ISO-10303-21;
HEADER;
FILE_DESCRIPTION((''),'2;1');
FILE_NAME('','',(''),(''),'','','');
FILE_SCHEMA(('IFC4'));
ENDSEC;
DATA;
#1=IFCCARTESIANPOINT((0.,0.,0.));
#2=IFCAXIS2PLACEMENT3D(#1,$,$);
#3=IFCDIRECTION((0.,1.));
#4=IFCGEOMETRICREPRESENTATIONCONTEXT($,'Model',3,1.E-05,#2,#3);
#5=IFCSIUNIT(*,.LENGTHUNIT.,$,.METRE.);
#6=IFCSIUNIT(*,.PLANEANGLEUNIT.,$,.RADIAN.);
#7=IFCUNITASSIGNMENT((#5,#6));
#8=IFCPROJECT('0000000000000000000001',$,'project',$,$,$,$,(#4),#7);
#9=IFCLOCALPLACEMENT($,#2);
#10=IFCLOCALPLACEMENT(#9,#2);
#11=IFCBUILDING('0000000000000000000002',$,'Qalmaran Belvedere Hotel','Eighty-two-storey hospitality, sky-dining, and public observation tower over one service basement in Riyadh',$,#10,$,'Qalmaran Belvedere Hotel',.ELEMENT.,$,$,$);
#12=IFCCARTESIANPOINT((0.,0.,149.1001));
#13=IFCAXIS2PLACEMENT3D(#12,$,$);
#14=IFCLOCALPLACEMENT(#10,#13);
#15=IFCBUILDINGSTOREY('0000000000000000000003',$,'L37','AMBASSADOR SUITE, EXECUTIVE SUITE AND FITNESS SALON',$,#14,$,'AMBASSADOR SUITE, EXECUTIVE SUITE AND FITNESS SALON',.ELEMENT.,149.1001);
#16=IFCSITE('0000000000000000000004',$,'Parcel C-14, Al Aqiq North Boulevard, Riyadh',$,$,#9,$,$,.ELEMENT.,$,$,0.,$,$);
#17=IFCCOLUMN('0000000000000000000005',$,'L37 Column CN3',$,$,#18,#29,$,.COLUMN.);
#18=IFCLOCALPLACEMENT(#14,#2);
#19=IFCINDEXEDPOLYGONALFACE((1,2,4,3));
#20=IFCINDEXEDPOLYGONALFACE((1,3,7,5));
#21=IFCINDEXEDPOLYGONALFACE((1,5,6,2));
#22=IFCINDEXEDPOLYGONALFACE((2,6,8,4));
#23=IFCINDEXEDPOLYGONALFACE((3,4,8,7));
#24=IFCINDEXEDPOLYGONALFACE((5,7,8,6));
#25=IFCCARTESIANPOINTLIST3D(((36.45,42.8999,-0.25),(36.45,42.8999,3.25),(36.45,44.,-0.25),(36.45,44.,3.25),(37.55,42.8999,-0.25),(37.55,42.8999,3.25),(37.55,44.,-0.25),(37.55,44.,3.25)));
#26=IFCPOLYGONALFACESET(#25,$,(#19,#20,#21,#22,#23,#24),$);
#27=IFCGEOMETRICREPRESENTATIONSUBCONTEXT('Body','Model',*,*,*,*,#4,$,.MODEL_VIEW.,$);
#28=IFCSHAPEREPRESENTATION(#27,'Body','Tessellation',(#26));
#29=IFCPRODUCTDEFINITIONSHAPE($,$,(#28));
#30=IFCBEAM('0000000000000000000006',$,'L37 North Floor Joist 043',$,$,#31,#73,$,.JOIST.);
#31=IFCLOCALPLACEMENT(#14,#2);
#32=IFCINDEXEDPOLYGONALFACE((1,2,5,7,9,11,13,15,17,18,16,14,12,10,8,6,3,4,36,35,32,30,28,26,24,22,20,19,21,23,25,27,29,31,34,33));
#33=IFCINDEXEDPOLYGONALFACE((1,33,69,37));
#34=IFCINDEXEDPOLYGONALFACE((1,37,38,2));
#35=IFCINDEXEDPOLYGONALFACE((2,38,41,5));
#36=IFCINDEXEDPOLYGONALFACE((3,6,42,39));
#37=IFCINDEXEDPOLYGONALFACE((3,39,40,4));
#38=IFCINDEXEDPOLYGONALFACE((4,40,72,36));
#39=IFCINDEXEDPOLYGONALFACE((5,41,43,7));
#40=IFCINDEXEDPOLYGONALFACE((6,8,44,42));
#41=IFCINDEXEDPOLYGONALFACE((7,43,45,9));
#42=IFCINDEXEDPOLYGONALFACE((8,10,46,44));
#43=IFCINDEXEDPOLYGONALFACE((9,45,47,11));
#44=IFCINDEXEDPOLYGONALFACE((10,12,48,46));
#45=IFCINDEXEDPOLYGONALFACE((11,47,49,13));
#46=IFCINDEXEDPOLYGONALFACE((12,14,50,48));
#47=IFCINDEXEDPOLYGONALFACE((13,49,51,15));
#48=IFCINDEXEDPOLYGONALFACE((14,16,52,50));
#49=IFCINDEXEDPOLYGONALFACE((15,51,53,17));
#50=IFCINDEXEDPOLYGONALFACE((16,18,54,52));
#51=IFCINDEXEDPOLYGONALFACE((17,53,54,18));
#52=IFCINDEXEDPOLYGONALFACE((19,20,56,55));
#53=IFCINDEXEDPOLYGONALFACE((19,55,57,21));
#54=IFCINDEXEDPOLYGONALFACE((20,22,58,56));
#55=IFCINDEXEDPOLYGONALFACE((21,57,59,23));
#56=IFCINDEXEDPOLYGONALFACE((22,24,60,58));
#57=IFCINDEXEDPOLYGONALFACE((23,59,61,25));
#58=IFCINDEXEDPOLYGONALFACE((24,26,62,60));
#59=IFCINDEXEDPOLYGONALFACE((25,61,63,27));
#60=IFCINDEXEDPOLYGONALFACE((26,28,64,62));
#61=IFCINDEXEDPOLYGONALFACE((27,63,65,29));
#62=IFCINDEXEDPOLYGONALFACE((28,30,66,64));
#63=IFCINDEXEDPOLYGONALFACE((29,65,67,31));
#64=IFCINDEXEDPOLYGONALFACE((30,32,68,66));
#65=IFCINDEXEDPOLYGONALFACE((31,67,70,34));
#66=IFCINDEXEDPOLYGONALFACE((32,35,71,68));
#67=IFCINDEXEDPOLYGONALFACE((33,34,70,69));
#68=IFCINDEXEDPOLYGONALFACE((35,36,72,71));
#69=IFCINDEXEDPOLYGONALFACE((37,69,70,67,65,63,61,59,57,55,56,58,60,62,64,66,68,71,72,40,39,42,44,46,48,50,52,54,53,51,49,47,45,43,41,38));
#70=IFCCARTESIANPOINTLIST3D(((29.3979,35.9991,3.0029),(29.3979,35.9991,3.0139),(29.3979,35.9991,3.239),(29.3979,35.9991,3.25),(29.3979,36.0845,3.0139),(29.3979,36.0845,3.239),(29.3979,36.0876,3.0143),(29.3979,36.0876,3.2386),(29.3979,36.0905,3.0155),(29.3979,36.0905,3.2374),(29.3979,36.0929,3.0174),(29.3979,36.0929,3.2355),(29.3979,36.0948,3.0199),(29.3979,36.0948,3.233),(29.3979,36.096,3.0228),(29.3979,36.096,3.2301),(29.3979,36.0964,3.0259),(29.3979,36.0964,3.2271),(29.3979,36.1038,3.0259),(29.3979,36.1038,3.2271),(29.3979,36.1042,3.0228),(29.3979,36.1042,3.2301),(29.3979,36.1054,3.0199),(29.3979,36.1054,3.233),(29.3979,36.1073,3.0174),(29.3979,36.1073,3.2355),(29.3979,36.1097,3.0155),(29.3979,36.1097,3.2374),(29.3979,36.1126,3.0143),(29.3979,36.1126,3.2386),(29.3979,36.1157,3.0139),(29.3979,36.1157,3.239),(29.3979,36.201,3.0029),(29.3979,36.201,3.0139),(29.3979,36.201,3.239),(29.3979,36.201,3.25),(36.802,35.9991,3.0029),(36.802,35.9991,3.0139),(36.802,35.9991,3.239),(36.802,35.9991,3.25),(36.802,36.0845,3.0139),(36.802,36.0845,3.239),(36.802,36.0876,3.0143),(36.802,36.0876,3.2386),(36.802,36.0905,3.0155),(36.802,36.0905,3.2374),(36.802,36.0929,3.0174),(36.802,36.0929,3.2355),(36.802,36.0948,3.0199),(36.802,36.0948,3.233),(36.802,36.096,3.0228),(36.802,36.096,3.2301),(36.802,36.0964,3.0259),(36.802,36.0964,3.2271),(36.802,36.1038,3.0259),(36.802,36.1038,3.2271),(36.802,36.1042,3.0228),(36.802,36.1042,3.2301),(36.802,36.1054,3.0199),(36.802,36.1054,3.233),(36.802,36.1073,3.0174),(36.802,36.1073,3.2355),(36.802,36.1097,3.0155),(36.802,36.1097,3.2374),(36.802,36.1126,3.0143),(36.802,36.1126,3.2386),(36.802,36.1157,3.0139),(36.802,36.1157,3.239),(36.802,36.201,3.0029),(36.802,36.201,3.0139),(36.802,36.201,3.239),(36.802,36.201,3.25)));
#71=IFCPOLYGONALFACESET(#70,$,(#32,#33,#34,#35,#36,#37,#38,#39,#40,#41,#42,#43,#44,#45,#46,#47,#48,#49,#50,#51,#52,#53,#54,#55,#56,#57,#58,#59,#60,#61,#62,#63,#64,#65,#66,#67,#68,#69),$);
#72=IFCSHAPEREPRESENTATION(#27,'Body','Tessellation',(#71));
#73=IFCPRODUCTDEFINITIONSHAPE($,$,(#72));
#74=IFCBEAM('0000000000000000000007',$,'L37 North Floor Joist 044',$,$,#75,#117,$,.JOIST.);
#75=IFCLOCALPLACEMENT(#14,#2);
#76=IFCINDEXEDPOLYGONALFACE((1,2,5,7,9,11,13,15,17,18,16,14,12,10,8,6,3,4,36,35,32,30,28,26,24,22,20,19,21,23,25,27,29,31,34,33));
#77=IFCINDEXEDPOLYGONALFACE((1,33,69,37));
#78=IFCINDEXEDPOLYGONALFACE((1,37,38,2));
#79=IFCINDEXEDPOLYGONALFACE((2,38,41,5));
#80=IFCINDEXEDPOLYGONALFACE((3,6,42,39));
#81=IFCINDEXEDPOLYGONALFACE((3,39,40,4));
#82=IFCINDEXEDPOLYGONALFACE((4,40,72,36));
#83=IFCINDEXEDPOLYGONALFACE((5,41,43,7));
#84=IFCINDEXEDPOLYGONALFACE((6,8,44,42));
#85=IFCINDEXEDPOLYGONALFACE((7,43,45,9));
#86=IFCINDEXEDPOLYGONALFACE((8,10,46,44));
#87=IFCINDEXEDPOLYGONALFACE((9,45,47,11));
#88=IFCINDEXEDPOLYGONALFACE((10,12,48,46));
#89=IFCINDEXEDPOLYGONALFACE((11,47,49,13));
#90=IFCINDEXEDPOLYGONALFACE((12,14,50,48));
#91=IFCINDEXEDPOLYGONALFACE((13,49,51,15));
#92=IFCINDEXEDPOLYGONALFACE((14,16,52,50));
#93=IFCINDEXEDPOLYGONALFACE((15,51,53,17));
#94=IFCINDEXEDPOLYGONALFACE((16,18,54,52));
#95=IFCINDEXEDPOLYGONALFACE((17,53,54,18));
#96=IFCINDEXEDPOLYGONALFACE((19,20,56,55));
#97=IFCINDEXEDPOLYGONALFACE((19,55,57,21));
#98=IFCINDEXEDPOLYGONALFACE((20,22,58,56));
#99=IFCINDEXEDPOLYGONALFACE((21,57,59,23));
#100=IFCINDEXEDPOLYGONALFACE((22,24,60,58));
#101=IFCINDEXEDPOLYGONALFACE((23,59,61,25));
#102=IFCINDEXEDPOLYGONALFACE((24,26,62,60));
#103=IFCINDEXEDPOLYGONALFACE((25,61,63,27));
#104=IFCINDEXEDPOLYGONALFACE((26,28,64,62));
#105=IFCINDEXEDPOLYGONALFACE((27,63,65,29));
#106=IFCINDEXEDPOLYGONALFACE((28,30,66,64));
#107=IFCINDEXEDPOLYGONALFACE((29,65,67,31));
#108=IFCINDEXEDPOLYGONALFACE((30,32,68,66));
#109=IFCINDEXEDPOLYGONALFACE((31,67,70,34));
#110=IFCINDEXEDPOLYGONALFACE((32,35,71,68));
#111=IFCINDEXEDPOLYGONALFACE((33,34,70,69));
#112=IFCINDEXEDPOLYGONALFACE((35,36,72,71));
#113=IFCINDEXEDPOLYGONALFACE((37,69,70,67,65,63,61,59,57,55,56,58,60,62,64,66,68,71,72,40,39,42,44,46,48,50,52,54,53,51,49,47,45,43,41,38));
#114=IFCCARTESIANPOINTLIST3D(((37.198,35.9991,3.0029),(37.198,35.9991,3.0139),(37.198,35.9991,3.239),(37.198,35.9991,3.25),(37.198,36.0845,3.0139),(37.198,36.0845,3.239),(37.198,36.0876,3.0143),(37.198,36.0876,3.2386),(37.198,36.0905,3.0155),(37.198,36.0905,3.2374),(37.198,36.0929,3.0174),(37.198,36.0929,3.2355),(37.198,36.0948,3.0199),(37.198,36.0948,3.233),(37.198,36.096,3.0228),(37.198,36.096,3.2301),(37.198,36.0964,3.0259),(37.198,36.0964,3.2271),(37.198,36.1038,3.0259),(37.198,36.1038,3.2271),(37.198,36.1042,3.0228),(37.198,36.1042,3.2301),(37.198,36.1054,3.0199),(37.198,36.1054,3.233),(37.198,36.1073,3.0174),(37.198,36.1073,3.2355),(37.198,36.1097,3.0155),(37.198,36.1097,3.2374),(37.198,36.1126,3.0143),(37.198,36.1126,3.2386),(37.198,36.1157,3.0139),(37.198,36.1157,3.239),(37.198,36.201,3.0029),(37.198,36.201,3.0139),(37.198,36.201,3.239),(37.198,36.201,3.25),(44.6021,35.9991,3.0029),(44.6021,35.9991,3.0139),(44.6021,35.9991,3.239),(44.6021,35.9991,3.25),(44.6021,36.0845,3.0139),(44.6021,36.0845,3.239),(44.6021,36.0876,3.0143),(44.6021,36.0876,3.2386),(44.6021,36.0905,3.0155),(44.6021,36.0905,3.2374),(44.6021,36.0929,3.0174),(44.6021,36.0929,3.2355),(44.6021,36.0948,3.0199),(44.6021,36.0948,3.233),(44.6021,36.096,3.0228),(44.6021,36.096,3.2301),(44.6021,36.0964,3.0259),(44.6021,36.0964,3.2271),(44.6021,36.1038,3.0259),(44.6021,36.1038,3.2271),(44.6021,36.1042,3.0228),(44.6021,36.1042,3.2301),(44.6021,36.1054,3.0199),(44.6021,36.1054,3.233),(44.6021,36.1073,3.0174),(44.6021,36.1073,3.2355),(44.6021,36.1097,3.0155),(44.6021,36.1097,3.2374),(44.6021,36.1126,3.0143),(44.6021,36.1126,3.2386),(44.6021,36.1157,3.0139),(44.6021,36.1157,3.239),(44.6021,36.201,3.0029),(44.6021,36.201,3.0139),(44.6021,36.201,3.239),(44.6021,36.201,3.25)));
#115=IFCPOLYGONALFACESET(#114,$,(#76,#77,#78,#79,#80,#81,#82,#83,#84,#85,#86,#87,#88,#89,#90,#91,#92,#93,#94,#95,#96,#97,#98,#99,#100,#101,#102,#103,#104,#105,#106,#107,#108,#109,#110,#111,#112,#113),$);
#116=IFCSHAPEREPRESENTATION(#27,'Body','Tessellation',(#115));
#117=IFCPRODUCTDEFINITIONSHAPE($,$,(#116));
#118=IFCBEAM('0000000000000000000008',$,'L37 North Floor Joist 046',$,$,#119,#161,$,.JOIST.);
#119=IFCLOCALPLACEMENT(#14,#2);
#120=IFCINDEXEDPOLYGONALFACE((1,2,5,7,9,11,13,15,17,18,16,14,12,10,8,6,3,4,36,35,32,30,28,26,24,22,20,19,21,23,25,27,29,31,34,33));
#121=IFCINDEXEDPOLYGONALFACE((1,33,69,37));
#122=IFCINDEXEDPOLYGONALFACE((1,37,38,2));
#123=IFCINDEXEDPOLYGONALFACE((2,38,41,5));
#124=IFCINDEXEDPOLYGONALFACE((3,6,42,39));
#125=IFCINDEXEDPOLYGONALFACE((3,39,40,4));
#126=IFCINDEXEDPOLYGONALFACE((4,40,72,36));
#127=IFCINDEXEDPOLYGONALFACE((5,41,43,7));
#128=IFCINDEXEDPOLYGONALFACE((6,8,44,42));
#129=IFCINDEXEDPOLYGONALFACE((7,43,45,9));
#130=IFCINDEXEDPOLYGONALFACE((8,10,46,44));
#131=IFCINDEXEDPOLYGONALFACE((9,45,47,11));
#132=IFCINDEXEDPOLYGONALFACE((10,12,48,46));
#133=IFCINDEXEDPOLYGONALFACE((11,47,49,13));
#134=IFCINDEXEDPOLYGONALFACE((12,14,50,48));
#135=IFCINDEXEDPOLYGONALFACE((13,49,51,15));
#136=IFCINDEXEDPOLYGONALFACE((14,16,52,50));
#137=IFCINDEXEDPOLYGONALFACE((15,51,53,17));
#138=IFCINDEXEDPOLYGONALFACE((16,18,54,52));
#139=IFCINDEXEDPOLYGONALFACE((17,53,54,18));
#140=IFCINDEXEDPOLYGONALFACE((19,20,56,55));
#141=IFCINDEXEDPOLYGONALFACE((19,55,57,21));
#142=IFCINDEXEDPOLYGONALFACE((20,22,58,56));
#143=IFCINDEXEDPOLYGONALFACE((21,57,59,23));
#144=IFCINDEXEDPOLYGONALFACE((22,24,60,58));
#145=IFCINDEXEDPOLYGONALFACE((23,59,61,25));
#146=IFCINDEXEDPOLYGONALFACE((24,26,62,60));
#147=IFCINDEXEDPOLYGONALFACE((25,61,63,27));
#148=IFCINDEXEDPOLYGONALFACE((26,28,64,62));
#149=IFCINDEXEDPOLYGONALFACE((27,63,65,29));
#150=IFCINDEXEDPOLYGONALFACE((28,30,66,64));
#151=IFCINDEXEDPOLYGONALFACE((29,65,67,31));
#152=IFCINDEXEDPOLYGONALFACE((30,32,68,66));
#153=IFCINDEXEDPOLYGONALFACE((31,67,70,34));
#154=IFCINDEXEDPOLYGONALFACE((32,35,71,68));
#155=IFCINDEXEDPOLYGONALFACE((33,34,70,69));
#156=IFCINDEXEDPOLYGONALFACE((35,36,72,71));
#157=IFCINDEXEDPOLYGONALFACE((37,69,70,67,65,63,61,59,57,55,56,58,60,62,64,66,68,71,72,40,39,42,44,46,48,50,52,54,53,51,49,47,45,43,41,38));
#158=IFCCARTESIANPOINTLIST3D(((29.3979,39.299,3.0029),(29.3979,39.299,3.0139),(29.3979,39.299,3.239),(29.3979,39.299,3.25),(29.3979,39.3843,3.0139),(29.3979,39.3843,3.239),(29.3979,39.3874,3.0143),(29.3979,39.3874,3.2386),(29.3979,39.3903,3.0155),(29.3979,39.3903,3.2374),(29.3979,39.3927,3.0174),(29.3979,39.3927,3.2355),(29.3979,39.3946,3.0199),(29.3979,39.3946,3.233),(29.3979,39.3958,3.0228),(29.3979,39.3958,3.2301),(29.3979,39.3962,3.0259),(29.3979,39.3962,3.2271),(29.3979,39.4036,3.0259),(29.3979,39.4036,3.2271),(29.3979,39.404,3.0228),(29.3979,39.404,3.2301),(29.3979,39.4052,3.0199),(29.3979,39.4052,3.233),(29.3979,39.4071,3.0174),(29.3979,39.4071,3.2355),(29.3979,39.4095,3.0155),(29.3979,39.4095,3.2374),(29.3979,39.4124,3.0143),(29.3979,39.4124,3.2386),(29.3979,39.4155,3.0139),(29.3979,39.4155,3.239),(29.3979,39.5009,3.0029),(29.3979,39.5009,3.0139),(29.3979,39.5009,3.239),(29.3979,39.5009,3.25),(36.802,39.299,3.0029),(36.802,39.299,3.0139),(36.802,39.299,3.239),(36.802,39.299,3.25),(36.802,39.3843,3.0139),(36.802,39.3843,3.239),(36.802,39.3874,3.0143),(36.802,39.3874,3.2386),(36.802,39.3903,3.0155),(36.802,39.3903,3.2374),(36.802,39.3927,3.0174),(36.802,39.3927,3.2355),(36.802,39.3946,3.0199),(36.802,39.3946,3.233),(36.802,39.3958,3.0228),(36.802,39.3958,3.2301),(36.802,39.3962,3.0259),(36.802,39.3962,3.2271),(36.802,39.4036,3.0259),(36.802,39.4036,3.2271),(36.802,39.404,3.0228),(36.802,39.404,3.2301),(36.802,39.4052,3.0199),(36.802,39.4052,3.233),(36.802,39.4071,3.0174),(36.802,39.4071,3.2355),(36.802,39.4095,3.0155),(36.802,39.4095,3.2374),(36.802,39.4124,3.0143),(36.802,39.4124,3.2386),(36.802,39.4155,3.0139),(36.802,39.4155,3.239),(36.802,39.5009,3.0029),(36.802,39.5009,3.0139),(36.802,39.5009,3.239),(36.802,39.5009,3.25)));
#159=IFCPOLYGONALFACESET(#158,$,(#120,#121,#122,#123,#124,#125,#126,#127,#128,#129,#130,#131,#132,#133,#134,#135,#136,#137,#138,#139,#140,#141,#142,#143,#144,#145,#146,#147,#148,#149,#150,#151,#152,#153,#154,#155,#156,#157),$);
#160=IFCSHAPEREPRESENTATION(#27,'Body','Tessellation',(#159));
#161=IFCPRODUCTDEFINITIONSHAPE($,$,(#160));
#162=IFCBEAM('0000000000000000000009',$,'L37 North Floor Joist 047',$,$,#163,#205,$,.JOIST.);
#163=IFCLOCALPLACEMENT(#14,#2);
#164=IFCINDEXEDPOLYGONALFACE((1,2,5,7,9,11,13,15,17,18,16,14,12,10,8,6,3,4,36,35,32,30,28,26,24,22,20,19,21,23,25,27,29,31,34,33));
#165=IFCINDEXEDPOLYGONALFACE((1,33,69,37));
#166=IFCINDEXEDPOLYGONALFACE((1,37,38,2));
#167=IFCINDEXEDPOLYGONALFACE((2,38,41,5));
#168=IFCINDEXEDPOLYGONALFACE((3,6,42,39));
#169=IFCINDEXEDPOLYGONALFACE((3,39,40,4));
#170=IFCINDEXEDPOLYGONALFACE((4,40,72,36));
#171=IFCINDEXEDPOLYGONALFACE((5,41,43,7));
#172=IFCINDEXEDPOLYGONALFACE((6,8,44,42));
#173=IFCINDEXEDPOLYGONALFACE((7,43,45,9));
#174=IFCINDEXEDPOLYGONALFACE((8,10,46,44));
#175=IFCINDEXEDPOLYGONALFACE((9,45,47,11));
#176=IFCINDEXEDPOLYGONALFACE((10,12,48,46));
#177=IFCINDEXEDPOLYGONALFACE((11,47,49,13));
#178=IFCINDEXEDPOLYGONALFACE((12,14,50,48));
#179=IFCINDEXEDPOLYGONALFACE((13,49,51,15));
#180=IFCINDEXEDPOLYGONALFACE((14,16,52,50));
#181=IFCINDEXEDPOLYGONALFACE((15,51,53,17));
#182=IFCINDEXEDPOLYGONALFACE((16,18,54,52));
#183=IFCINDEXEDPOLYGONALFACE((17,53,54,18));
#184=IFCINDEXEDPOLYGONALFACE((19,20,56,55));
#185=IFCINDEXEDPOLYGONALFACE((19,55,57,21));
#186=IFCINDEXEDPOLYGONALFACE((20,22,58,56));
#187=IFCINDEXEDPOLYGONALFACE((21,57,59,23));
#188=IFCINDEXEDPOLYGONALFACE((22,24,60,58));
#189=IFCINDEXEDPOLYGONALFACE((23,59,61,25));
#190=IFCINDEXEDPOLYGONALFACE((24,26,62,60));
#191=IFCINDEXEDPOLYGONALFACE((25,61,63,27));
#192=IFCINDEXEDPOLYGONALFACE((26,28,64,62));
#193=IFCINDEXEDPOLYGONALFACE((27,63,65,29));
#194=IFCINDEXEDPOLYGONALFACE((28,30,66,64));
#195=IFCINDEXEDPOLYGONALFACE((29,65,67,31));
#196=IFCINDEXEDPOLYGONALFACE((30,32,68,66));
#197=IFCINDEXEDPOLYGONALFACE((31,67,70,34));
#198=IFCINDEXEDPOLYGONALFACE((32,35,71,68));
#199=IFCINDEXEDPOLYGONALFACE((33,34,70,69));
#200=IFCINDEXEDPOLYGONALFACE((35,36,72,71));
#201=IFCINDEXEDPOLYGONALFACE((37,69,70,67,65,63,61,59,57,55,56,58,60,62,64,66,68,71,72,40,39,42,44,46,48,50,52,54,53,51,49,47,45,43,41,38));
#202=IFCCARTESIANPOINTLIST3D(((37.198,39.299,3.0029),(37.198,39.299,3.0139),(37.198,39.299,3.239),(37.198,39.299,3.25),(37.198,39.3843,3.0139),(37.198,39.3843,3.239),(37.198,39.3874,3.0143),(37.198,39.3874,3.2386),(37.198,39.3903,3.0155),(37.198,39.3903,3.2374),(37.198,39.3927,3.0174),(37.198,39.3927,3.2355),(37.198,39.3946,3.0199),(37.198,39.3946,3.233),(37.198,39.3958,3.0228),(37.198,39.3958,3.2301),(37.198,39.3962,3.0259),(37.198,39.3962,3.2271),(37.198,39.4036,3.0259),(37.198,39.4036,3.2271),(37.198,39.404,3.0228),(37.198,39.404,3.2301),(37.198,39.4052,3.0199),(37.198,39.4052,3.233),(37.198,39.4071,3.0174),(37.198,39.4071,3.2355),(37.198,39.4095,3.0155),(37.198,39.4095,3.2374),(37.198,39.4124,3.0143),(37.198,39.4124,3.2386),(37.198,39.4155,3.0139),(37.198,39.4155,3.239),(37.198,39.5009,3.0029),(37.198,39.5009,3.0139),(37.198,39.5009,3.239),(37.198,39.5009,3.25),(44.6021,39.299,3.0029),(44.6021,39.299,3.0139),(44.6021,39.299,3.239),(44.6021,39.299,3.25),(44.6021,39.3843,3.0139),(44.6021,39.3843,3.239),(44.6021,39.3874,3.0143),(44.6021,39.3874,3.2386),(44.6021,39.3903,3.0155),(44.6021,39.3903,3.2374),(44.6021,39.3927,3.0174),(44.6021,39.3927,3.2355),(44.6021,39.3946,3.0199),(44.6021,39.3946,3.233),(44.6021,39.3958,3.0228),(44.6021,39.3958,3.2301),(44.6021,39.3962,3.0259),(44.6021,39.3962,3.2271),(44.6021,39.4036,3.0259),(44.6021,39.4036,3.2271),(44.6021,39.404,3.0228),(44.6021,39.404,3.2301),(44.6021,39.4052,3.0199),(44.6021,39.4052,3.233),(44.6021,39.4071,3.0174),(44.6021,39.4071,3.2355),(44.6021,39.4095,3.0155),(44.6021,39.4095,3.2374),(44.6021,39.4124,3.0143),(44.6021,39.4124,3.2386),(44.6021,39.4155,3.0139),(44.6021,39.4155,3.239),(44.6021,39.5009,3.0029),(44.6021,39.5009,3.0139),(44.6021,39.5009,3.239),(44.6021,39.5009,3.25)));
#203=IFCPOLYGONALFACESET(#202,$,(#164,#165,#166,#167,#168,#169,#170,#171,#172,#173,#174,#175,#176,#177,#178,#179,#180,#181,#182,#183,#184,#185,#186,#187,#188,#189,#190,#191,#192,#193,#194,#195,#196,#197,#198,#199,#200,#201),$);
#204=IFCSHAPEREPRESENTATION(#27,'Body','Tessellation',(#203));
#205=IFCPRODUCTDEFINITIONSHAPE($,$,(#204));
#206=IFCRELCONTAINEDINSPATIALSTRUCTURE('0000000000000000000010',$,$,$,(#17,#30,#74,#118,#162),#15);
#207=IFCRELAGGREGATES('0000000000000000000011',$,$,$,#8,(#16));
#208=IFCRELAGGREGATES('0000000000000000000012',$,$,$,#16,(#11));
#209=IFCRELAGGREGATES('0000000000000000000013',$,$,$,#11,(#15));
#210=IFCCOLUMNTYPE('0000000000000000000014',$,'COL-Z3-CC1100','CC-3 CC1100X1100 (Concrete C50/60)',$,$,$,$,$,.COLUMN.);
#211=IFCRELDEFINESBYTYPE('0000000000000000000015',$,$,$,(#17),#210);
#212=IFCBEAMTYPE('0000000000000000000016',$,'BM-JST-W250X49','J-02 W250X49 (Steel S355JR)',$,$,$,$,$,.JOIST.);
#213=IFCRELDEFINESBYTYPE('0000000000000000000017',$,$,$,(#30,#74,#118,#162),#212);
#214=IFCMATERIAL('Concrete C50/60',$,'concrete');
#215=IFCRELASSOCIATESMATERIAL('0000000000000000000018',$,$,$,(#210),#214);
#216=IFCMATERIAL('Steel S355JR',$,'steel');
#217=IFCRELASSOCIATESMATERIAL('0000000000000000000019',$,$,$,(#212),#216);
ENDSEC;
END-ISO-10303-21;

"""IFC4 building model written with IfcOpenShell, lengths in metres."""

from ifc_helpers import new_model, si_unit, direction, frame, origin, origin_2d, place, context, subcontext, project, spatial, rectangle, i_section, extrude, material, material_profile, profile_set, type_object, element, save


model = new_model("IFC4")

# Units and contexts
model_context = context("Model", 3, precision=1e-05, world=origin(), true_north=direction((0.0, 1.0)))
body_context = subcontext(model_context, "Body", "Model", "MODEL_VIEW")
ifc_project = project(units=[si_unit("LENGTHUNIT", "METRE"), si_unit("PLANEANGLEUNIT", "RADIAN")], contexts=[model_context])

# Site, building, storey
site_placement = place(None, origin())
site = spatial("IfcSite", under=ifc_project, at=site_placement, Name="Parcel C-14, Al Aqiq North Boulevard, Riyadh", CompositionType="ELEMENT", RefElevation=0.0)
building_placement = place(site_placement, origin())
building = spatial("IfcBuilding", under=site, at=building_placement, Name="Qalmaran Belvedere Hotel", Description="Eighty-two-storey hospitality, sky-dining, and public observation tower over one service basement in Riyadh", LongName="Qalmaran Belvedere Hotel", CompositionType="ELEMENT")
storey_placement = place(building_placement, frame((0.0, 0.0, 149.1001)))
storey = spatial("IfcBuildingStorey", under=building, at=storey_placement, Name="L37", Description="AMBASSADOR SUITE, EXECUTIVE SUITE AND FITNESS SALON", LongName="AMBASSADOR SUITE, EXECUTIVE SUITE AND FITNESS SALON", CompositionType="ELEMENT", Elevation=149.1001)

# Column
ifc_material_1 = material(Name="Concrete C50/60", Category="concrete")
ifc_material_profile_1 = material_profile(ifc_material_1, rectangle(XDim=1.1001, YDim=1.1001, at=origin_2d()), Name="CC1100X1100")
ifc_profile_set_1 = profile_set([ifc_material_profile_1], Name="Concrete C50/60")
column_type = type_object("IfcColumnType", Name="COL-Z3-CC1100", Description="CC-3 CC1100X1100 (Concrete C50/60)", PredefinedType="COLUMN", material=ifc_profile_set_1)
column_placement = place(storey_placement, frame((37.0, 43.45, -0.25), z_axis=(0.0, 0.0, 1.0), x_axis=(1.0, 0.0, 0.0)))
element("IfcColumn", 1, at=column_placement, inside=storey, type_object=column_type, Name="L37 Column CN3", PredefinedType="COLUMN", context=body_context, shape_type="SweptSolid", body=[
    extrude(rectangle(XDim=1.1001, YDim=1.1001, at=origin_2d()), origin(), (0.0, 0.0, 1.0), 3.5),
])

# Beams
ifc_material_2 = material(Name="Steel S355JR", Category="steel")
ifc_material_profile_2 = material_profile(ifc_material_2, i_section(OverallWidth=0.2019, OverallDepth=0.2471, WebThickness=0.0073, FlangeThickness=0.011, FilletRadius=0.012, at=origin_2d()), Name="W250X49")
ifc_profile_set_2 = profile_set([ifc_material_profile_2], Name="Steel S355JR")
beam_type_1 = type_object("IfcBeamType", Name="BM-JST-W250X49", Description="J-02 W250X49 (Steel S355JR)", PredefinedType="JOIST", material=ifc_profile_set_2)
for number, where, z_axis, x_axis, name in (
    (2, (29.3979, 36.1001, 3.1265), (1.0, 0.0, 0.0), (0.0, 1.0, 0.0), "L37 North Floor Joist 043"),
    (3, (37.198, 36.1001, 3.1265), (1.0, 0.0, 0.0), (0.0, 1.0, 0.0), "L37 North Floor Joist 044"),
    (4, (29.3979, 39.3999, 3.1265), (1.0, 0.0, 0.0), (0.0, 1.0, 0.0), "L37 North Floor Joist 046"),
    (5, (37.198, 39.3999, 3.1265), (1.0, 0.0, 0.0), (0.0, 1.0, 0.0), "L37 North Floor Joist 047"),
):
    element("IfcBeam", number, at=place(storey_placement, frame(where, z_axis=z_axis, x_axis=x_axis)), inside=storey, type_object=beam_type_1, Name=name, PredefinedType="JOIST", context=body_context, shape_type="SweptSolid", body=[
        extrude(i_section(OverallWidth=0.2019, OverallDepth=0.2471, WebThickness=0.0073, FlangeThickness=0.011, FilletRadius=0.012, at=origin_2d()), origin(), (0.0, 0.0, 1.0), 7.4041),
    ])

save(model, "model.ifc")
